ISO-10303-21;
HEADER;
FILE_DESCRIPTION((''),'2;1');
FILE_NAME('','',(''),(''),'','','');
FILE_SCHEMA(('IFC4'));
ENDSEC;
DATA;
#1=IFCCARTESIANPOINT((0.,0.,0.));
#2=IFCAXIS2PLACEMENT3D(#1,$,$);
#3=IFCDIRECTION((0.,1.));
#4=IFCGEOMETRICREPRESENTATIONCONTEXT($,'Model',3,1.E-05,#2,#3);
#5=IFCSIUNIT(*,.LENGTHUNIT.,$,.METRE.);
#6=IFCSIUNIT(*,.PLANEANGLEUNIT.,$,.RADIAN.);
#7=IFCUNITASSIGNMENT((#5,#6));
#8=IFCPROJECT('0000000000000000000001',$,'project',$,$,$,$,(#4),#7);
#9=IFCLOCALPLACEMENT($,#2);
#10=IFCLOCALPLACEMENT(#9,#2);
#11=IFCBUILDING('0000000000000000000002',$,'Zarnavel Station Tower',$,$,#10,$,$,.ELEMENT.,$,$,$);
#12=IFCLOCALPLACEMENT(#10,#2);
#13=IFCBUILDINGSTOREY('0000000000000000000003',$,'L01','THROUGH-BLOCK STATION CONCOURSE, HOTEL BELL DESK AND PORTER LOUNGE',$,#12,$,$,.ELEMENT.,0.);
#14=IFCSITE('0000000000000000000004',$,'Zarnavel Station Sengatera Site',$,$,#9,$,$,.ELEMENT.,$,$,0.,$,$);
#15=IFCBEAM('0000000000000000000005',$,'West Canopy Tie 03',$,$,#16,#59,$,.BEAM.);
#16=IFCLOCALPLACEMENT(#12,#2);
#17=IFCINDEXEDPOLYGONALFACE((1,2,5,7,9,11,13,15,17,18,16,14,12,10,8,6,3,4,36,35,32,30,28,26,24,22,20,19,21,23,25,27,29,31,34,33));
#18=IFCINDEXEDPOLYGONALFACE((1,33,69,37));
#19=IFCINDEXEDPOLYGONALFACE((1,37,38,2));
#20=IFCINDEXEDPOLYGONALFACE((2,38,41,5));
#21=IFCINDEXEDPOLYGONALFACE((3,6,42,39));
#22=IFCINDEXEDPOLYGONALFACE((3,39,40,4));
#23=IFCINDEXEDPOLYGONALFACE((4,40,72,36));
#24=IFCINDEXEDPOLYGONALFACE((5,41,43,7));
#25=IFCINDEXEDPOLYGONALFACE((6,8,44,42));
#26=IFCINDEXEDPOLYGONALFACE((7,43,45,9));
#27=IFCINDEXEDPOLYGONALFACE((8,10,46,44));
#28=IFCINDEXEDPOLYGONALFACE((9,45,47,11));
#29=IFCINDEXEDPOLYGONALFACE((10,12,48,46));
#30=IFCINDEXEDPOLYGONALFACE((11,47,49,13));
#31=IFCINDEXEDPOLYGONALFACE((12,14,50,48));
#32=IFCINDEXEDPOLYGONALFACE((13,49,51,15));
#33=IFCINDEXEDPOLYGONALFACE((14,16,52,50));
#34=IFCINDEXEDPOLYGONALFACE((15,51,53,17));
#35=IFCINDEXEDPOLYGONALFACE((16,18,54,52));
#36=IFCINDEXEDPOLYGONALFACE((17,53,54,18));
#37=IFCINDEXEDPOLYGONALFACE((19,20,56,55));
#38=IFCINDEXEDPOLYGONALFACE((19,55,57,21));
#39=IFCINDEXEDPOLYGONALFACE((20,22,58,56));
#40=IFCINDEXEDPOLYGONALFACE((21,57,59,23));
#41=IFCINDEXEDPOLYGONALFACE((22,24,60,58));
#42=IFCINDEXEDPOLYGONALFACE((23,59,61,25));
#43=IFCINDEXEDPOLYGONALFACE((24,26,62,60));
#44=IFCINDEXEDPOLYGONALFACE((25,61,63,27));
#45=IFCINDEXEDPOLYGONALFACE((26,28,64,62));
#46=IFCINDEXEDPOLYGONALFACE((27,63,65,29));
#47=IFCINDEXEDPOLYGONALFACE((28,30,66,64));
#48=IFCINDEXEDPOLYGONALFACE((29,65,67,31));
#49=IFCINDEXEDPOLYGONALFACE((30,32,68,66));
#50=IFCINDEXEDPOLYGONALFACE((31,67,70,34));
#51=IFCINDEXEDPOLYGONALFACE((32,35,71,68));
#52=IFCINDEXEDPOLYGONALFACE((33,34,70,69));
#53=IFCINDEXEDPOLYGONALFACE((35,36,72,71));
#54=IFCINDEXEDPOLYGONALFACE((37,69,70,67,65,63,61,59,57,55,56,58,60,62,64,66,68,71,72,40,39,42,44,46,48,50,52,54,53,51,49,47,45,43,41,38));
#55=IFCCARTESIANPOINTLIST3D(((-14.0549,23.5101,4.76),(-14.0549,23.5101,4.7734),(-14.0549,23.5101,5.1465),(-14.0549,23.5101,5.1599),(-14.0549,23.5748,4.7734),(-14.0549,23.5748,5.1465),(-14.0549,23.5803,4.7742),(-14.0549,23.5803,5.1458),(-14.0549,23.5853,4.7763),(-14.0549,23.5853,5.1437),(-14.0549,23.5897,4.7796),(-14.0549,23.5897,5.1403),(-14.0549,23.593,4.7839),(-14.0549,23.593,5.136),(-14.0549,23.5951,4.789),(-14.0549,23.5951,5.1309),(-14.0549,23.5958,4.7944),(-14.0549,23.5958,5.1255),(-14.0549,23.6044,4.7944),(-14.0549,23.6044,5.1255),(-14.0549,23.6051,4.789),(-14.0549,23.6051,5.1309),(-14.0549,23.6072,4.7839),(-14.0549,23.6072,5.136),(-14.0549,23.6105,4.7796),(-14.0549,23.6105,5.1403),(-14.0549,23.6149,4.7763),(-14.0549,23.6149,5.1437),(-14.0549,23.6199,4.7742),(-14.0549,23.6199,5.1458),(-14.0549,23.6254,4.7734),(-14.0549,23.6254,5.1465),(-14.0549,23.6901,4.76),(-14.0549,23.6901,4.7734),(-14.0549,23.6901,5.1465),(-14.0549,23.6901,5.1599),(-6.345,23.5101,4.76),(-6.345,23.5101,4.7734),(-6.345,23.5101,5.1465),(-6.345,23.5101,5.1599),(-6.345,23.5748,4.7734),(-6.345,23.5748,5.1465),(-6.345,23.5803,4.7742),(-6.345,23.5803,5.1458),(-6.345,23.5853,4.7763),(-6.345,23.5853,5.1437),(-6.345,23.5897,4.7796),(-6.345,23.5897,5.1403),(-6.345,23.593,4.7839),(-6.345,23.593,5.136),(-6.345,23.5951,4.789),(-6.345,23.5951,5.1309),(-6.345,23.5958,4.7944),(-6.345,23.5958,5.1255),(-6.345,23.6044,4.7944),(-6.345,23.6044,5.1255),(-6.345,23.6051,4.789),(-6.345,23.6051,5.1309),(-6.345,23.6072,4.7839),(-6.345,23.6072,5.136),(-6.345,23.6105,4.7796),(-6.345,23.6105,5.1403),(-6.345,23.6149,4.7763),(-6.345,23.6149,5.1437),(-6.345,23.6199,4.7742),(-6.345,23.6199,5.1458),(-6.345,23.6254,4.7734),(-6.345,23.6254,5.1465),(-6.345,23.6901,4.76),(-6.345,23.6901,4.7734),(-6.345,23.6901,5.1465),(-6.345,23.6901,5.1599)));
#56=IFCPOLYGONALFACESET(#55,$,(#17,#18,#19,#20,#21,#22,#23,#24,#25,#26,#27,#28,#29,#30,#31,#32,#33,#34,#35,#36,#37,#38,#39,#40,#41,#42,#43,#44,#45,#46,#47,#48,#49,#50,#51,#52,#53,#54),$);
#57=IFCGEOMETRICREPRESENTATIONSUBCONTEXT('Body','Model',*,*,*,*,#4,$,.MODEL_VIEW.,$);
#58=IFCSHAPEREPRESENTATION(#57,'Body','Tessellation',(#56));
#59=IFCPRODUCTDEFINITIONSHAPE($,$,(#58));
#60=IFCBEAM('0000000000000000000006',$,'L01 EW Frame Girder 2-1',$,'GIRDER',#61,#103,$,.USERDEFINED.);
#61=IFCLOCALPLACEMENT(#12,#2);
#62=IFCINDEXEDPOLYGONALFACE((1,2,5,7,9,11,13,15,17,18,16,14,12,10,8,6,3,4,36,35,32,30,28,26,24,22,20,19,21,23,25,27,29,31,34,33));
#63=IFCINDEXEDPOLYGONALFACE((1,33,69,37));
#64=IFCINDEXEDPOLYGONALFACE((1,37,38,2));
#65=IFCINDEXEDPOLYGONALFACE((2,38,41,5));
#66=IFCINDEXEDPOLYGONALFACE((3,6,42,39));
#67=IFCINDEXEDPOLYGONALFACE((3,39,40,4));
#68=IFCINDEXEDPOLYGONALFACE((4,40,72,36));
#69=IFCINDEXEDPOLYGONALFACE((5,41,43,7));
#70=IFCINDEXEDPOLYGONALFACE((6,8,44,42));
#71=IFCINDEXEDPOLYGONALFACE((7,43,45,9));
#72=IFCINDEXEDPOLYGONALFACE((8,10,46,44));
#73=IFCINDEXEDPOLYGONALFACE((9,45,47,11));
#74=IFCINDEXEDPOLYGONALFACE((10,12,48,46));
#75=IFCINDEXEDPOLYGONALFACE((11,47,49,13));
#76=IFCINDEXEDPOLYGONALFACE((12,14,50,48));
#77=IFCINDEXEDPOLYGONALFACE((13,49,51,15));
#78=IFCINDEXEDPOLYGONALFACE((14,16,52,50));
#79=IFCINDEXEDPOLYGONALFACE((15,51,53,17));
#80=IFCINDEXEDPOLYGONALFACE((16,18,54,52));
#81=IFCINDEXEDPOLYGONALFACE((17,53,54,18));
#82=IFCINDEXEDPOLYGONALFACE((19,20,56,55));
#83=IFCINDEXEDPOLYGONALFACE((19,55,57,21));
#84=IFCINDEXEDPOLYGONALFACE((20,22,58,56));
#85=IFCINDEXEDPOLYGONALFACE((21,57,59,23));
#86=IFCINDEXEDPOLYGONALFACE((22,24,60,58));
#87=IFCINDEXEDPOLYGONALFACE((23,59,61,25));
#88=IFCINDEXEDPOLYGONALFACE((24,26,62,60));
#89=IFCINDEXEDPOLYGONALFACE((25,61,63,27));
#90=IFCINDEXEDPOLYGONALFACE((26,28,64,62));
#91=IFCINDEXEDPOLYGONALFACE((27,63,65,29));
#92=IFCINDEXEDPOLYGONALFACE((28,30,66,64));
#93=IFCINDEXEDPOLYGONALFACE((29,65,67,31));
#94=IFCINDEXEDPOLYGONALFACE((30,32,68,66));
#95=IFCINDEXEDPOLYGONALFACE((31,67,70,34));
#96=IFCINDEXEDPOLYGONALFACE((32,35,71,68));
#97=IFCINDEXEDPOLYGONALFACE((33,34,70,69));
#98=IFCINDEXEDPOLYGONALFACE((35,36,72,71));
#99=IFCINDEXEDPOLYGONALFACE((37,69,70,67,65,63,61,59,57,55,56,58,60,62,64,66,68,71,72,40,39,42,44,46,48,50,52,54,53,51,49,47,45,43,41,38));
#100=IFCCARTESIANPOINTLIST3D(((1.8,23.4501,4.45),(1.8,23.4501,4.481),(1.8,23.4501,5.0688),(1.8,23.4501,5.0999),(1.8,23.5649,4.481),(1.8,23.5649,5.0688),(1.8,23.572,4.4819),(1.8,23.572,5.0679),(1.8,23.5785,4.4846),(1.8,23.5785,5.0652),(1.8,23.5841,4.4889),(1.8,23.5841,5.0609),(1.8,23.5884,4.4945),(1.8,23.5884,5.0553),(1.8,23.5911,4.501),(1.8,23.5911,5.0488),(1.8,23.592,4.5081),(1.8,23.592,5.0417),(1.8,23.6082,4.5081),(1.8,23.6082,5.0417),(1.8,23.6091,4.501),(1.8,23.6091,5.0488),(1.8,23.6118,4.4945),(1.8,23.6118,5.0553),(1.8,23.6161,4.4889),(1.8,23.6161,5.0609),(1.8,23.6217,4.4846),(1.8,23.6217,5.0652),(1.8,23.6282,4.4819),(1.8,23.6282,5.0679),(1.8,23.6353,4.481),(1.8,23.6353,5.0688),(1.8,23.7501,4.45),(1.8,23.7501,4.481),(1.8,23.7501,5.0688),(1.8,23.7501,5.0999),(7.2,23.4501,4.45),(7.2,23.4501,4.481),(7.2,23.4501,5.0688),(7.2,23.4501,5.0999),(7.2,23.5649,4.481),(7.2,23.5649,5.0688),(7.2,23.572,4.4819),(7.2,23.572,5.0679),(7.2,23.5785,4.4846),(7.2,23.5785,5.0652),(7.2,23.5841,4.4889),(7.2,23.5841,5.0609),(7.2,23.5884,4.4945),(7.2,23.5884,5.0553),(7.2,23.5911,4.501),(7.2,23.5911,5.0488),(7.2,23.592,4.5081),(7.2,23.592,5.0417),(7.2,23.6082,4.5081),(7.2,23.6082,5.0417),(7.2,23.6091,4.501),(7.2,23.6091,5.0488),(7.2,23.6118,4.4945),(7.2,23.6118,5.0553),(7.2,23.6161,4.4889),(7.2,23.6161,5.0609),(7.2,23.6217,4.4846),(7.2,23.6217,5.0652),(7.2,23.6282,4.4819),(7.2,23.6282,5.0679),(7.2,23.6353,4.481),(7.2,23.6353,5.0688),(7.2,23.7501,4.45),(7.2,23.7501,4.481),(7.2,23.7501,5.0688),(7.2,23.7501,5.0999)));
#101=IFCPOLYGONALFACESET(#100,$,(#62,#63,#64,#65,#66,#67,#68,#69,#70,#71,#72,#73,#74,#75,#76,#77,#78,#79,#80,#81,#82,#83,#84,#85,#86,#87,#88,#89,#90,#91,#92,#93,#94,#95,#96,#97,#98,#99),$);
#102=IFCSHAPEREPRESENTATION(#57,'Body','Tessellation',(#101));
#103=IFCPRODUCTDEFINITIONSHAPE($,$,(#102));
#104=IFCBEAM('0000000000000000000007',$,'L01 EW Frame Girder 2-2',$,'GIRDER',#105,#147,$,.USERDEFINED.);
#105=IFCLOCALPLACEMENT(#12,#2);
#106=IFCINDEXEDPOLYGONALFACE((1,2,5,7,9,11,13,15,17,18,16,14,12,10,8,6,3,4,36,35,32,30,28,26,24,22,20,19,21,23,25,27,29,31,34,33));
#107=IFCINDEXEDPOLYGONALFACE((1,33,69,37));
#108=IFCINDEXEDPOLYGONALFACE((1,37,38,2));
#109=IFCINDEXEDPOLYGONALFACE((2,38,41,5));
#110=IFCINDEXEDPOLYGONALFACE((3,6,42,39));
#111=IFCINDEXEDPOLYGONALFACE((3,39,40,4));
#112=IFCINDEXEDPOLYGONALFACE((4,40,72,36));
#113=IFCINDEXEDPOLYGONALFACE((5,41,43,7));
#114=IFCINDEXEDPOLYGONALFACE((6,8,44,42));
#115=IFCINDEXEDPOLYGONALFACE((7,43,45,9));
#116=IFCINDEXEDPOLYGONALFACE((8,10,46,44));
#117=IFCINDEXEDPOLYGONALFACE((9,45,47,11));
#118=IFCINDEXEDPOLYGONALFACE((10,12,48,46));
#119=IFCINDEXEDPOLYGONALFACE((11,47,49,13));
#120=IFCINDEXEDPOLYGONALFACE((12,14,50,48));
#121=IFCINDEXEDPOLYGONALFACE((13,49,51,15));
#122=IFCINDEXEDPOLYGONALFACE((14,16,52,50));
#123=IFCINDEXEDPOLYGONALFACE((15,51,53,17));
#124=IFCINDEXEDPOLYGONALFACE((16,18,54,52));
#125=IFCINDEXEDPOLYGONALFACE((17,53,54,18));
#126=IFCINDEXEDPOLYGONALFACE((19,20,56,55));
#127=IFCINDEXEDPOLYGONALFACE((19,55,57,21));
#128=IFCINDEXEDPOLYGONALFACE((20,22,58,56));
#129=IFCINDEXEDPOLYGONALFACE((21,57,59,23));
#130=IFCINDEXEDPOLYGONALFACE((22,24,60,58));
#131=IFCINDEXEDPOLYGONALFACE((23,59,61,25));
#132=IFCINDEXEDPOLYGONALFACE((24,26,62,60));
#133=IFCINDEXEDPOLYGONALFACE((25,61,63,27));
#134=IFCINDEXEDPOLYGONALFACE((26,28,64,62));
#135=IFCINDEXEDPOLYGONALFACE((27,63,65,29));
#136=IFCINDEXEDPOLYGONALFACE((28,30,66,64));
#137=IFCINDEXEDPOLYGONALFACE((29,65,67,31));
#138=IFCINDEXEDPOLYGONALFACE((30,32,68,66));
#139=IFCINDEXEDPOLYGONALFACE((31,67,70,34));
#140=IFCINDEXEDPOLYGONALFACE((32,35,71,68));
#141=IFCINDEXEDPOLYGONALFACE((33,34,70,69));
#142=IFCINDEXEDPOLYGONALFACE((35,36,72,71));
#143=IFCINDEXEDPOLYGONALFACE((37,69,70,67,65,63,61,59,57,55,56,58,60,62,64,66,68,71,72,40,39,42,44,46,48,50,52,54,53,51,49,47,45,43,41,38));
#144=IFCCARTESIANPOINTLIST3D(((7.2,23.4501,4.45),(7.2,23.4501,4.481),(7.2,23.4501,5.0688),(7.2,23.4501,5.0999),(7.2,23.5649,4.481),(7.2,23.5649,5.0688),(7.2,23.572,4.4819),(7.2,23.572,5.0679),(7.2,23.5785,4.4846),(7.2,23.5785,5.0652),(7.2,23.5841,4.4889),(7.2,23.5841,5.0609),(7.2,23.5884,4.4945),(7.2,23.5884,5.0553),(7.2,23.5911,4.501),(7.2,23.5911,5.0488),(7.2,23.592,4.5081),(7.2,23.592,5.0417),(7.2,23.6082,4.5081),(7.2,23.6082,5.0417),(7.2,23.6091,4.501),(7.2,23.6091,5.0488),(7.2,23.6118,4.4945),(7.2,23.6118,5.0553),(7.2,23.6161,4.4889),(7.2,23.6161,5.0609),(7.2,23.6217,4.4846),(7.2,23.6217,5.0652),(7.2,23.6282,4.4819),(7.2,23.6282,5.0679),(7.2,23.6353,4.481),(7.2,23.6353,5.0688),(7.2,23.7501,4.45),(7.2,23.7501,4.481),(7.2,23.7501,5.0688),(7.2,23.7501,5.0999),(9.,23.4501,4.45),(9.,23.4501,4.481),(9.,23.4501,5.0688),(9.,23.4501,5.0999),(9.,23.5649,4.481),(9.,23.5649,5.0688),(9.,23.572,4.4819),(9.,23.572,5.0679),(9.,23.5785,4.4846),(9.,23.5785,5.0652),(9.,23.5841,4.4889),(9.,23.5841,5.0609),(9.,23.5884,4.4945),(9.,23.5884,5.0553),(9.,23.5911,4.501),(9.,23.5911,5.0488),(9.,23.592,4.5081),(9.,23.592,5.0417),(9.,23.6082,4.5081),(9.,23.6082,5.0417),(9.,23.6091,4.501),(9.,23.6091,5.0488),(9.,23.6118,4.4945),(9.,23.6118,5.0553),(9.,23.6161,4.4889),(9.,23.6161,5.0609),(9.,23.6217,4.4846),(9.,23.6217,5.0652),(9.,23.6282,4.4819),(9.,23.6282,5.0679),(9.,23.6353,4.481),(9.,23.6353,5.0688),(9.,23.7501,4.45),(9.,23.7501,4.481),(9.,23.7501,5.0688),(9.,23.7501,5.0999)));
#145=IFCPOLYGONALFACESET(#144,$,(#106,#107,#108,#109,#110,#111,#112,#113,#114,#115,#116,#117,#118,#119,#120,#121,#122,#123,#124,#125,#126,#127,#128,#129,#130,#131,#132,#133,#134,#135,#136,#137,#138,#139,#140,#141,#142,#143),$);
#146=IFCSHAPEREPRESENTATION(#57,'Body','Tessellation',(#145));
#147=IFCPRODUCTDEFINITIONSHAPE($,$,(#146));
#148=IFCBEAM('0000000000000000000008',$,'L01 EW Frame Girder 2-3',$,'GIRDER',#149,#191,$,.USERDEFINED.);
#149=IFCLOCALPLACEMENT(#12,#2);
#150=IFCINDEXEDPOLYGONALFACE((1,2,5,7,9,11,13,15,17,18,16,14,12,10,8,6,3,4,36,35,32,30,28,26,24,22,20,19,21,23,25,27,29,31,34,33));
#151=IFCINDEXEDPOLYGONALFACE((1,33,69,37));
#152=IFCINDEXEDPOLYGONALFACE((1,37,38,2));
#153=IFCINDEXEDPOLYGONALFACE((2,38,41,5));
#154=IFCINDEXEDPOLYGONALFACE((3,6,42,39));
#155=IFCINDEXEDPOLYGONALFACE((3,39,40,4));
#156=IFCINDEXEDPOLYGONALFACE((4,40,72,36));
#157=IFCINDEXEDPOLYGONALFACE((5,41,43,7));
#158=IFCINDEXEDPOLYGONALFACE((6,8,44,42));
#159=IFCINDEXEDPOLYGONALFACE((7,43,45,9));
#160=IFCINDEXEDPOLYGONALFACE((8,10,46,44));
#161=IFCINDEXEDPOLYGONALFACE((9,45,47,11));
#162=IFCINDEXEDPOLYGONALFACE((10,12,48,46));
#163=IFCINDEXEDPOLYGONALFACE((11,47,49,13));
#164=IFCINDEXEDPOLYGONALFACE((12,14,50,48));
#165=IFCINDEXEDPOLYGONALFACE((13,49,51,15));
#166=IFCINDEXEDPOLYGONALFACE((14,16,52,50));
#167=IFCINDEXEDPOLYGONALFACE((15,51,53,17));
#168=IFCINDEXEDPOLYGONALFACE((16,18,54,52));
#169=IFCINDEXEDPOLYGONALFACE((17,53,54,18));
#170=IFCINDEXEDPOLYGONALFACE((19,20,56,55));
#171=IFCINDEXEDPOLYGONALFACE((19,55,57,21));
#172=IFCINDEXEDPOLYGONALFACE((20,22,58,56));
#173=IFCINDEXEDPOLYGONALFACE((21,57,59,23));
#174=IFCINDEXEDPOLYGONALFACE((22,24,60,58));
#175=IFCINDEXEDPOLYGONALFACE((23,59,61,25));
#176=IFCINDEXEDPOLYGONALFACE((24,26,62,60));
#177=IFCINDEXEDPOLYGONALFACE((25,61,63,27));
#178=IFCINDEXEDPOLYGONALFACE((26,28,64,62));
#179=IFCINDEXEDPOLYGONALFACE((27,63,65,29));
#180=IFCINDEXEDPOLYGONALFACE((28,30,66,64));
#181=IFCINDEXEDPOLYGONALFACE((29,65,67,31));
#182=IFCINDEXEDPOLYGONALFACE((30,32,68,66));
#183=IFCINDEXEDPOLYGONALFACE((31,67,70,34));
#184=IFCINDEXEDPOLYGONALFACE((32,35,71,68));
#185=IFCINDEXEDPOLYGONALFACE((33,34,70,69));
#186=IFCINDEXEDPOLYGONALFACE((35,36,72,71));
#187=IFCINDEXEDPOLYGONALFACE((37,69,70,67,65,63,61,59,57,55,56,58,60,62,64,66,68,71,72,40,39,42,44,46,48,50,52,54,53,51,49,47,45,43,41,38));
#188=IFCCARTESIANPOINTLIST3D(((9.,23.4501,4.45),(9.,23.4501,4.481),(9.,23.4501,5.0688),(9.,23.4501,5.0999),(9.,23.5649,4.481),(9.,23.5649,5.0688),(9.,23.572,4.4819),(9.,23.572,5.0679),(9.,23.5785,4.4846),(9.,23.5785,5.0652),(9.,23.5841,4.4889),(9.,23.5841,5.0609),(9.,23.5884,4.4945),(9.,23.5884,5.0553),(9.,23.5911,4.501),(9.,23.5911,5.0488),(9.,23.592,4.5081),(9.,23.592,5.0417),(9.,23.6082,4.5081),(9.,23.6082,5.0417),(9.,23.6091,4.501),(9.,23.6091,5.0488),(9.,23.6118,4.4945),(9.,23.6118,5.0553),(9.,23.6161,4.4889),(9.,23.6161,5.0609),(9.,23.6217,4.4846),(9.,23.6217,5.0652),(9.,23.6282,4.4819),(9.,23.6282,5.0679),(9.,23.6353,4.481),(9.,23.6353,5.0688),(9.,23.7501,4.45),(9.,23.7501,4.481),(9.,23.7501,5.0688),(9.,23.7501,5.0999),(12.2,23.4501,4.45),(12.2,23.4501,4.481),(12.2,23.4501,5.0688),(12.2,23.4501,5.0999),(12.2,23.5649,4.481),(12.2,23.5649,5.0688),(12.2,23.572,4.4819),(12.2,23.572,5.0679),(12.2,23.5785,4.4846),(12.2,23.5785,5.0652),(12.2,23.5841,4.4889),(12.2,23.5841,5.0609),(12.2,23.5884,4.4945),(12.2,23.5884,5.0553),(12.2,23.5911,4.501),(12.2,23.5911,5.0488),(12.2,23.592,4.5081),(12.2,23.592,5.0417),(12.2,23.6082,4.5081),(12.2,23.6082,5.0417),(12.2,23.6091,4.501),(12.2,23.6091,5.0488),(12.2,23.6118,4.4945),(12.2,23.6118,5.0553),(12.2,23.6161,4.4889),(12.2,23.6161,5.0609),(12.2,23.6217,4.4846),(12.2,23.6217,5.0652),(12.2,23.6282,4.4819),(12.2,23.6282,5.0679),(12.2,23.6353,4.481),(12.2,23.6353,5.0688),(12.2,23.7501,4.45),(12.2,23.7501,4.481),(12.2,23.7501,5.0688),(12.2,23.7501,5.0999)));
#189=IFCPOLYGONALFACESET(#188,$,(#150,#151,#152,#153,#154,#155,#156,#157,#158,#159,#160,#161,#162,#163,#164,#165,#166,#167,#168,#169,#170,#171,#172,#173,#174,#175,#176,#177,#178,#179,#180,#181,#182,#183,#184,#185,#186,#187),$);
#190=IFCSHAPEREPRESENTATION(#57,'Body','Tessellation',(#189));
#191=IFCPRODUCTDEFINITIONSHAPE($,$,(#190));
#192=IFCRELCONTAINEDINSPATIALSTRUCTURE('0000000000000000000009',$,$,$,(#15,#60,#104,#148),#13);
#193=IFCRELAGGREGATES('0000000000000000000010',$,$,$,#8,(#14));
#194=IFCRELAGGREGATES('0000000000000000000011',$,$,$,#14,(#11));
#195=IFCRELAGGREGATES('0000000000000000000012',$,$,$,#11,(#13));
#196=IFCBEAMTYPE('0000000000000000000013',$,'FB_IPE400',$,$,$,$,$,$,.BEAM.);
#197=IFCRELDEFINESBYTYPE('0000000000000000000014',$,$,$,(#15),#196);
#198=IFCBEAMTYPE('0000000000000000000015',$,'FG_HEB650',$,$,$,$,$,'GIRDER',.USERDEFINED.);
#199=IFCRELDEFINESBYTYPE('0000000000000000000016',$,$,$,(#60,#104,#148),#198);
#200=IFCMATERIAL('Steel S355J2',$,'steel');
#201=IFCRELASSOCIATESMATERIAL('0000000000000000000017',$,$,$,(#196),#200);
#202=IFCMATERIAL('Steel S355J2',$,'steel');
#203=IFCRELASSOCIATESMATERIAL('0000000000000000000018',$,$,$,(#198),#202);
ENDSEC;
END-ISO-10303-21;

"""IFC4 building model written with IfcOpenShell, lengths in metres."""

from ifc_helpers import new_model, si_unit, direction, frame, origin, origin_2d, place, context, subcontext, project, spatial, i_section, extrude, material, material_profile, profile_set, type_object, element, save


model = new_model("IFC4")

# Units and contexts
model_context = context("Model", 3, precision=1e-05, world=origin(), true_north=direction((0.0, 1.0)))
body_context = subcontext(model_context, "Body", "Model", "MODEL_VIEW")
ifc_project = project(units=[si_unit("LENGTHUNIT", "METRE"), si_unit("PLANEANGLEUNIT", "RADIAN")], contexts=[model_context])

# Site, building, storey
site_placement = place(None, origin())
site = spatial("IfcSite", under=ifc_project, at=site_placement, Name="Zarnavel Station Sengatera Site", CompositionType="ELEMENT", RefElevation=0.0)
building_placement = place(site_placement, origin())
building = spatial("IfcBuilding", under=site, at=building_placement, Name="Zarnavel Station Tower", CompositionType="ELEMENT")
storey_placement = place(building_placement, origin())
storey = spatial("IfcBuildingStorey", under=building, at=storey_placement, Name="L01", Description="THROUGH-BLOCK STATION CONCOURSE, HOTEL BELL DESK AND PORTER LOUNGE", CompositionType="ELEMENT", Elevation=0.0)

# Beams
ifc_material_1 = material(Name="Steel S355J2", Category="steel")
ifc_material_profile_1 = material_profile(ifc_material_1, i_section(OverallWidth=0.1799, OverallDepth=0.3999, WebThickness=0.0085, FlangeThickness=0.0134, FilletRadius=0.021, at=origin_2d()), Name="IPE400")
ifc_profile_set_1 = profile_set([ifc_material_profile_1], Name="Steel S355J2")
beam_type_1 = type_object("IfcBeamType", Name="FB_IPE400", PredefinedType="BEAM", material=ifc_profile_set_1)
beam_1_placement = place(storey_placement, frame((-14.0549, 23.6001, 4.96), z_axis=(1.0, 0.0, 0.0), x_axis=(0.0, 1.0, 0.0)))
element("IfcBeam", 1, at=beam_1_placement, inside=storey, type_object=beam_type_1, Name="West Canopy Tie 03", PredefinedType="BEAM", context=body_context, shape_type="SweptSolid", body=[
    extrude(i_section(OverallWidth=0.1799, OverallDepth=0.3999, WebThickness=0.0085, FlangeThickness=0.0134, FilletRadius=0.021, at=origin_2d()), origin(), (0.0, 0.0, 1.0), 7.71),
])
ifc_material_2 = material(Name="Steel S355J2", Category="steel")
ifc_material_profile_2 = material_profile(ifc_material_2, i_section(OverallWidth=0.3, OverallDepth=0.6499, WebThickness=0.0161, FlangeThickness=0.031, FilletRadius=0.0271, at=origin_2d()), Name="HEB650")
ifc_profile_set_2 = profile_set([ifc_material_profile_2], Name="Steel S355J2")
beam_type_2 = type_object("IfcBeamType", Name="FG_HEB650", ElementType="GIRDER", PredefinedType="USERDEFINED", material=ifc_profile_set_2)
beam_2_placement = place(storey_placement, frame((1.8, 23.6001, 4.7749), z_axis=(1.0, 0.0, 0.0), x_axis=(0.0, 1.0, 0.0)))
element("IfcBeam", 2, at=beam_2_placement, inside=storey, type_object=beam_type_2, Name="L01 EW Frame Girder 2-1", ObjectType="GIRDER", PredefinedType="USERDEFINED", context=body_context, shape_type="SweptSolid", body=[
    extrude(i_section(OverallWidth=0.3, OverallDepth=0.6499, WebThickness=0.0161, FlangeThickness=0.031, FilletRadius=0.0271, at=origin_2d()), origin(), (0.0, 0.0, 1.0), 5.3999),
])
beam_3_placement = place(storey_placement, frame((7.2, 23.6001, 4.7749), z_axis=(1.0, 0.0, 0.0), x_axis=(0.0, 1.0, 0.0)))
element("IfcBeam", 3, at=beam_3_placement, inside=storey, type_object=beam_type_2, Name="L01 EW Frame Girder 2-2", ObjectType="GIRDER", PredefinedType="USERDEFINED", context=body_context, shape_type="SweptSolid", body=[
    extrude(i_section(OverallWidth=0.3, OverallDepth=0.6499, WebThickness=0.0161, FlangeThickness=0.031, FilletRadius=0.0271, at=origin_2d()), origin(), (0.0, 0.0, 1.0), 1.8),
])
beam_4_placement = place(storey_placement, frame((9.0, 23.6001, 4.7749), z_axis=(1.0, 0.0, 0.0), x_axis=(0.0, 1.0, 0.0)))
element("IfcBeam", 4, at=beam_4_placement, inside=storey, type_object=beam_type_2, Name="L01 EW Frame Girder 2-3", ObjectType="GIRDER", PredefinedType="USERDEFINED", context=body_context, shape_type="SweptSolid", body=[
    extrude(i_section(OverallWidth=0.3, OverallDepth=0.6499, WebThickness=0.0161, FlangeThickness=0.031, FilletRadius=0.0271, at=origin_2d()), origin(), (0.0, 0.0, 1.0), 3.2),
])

save(model, "model.ifc")
